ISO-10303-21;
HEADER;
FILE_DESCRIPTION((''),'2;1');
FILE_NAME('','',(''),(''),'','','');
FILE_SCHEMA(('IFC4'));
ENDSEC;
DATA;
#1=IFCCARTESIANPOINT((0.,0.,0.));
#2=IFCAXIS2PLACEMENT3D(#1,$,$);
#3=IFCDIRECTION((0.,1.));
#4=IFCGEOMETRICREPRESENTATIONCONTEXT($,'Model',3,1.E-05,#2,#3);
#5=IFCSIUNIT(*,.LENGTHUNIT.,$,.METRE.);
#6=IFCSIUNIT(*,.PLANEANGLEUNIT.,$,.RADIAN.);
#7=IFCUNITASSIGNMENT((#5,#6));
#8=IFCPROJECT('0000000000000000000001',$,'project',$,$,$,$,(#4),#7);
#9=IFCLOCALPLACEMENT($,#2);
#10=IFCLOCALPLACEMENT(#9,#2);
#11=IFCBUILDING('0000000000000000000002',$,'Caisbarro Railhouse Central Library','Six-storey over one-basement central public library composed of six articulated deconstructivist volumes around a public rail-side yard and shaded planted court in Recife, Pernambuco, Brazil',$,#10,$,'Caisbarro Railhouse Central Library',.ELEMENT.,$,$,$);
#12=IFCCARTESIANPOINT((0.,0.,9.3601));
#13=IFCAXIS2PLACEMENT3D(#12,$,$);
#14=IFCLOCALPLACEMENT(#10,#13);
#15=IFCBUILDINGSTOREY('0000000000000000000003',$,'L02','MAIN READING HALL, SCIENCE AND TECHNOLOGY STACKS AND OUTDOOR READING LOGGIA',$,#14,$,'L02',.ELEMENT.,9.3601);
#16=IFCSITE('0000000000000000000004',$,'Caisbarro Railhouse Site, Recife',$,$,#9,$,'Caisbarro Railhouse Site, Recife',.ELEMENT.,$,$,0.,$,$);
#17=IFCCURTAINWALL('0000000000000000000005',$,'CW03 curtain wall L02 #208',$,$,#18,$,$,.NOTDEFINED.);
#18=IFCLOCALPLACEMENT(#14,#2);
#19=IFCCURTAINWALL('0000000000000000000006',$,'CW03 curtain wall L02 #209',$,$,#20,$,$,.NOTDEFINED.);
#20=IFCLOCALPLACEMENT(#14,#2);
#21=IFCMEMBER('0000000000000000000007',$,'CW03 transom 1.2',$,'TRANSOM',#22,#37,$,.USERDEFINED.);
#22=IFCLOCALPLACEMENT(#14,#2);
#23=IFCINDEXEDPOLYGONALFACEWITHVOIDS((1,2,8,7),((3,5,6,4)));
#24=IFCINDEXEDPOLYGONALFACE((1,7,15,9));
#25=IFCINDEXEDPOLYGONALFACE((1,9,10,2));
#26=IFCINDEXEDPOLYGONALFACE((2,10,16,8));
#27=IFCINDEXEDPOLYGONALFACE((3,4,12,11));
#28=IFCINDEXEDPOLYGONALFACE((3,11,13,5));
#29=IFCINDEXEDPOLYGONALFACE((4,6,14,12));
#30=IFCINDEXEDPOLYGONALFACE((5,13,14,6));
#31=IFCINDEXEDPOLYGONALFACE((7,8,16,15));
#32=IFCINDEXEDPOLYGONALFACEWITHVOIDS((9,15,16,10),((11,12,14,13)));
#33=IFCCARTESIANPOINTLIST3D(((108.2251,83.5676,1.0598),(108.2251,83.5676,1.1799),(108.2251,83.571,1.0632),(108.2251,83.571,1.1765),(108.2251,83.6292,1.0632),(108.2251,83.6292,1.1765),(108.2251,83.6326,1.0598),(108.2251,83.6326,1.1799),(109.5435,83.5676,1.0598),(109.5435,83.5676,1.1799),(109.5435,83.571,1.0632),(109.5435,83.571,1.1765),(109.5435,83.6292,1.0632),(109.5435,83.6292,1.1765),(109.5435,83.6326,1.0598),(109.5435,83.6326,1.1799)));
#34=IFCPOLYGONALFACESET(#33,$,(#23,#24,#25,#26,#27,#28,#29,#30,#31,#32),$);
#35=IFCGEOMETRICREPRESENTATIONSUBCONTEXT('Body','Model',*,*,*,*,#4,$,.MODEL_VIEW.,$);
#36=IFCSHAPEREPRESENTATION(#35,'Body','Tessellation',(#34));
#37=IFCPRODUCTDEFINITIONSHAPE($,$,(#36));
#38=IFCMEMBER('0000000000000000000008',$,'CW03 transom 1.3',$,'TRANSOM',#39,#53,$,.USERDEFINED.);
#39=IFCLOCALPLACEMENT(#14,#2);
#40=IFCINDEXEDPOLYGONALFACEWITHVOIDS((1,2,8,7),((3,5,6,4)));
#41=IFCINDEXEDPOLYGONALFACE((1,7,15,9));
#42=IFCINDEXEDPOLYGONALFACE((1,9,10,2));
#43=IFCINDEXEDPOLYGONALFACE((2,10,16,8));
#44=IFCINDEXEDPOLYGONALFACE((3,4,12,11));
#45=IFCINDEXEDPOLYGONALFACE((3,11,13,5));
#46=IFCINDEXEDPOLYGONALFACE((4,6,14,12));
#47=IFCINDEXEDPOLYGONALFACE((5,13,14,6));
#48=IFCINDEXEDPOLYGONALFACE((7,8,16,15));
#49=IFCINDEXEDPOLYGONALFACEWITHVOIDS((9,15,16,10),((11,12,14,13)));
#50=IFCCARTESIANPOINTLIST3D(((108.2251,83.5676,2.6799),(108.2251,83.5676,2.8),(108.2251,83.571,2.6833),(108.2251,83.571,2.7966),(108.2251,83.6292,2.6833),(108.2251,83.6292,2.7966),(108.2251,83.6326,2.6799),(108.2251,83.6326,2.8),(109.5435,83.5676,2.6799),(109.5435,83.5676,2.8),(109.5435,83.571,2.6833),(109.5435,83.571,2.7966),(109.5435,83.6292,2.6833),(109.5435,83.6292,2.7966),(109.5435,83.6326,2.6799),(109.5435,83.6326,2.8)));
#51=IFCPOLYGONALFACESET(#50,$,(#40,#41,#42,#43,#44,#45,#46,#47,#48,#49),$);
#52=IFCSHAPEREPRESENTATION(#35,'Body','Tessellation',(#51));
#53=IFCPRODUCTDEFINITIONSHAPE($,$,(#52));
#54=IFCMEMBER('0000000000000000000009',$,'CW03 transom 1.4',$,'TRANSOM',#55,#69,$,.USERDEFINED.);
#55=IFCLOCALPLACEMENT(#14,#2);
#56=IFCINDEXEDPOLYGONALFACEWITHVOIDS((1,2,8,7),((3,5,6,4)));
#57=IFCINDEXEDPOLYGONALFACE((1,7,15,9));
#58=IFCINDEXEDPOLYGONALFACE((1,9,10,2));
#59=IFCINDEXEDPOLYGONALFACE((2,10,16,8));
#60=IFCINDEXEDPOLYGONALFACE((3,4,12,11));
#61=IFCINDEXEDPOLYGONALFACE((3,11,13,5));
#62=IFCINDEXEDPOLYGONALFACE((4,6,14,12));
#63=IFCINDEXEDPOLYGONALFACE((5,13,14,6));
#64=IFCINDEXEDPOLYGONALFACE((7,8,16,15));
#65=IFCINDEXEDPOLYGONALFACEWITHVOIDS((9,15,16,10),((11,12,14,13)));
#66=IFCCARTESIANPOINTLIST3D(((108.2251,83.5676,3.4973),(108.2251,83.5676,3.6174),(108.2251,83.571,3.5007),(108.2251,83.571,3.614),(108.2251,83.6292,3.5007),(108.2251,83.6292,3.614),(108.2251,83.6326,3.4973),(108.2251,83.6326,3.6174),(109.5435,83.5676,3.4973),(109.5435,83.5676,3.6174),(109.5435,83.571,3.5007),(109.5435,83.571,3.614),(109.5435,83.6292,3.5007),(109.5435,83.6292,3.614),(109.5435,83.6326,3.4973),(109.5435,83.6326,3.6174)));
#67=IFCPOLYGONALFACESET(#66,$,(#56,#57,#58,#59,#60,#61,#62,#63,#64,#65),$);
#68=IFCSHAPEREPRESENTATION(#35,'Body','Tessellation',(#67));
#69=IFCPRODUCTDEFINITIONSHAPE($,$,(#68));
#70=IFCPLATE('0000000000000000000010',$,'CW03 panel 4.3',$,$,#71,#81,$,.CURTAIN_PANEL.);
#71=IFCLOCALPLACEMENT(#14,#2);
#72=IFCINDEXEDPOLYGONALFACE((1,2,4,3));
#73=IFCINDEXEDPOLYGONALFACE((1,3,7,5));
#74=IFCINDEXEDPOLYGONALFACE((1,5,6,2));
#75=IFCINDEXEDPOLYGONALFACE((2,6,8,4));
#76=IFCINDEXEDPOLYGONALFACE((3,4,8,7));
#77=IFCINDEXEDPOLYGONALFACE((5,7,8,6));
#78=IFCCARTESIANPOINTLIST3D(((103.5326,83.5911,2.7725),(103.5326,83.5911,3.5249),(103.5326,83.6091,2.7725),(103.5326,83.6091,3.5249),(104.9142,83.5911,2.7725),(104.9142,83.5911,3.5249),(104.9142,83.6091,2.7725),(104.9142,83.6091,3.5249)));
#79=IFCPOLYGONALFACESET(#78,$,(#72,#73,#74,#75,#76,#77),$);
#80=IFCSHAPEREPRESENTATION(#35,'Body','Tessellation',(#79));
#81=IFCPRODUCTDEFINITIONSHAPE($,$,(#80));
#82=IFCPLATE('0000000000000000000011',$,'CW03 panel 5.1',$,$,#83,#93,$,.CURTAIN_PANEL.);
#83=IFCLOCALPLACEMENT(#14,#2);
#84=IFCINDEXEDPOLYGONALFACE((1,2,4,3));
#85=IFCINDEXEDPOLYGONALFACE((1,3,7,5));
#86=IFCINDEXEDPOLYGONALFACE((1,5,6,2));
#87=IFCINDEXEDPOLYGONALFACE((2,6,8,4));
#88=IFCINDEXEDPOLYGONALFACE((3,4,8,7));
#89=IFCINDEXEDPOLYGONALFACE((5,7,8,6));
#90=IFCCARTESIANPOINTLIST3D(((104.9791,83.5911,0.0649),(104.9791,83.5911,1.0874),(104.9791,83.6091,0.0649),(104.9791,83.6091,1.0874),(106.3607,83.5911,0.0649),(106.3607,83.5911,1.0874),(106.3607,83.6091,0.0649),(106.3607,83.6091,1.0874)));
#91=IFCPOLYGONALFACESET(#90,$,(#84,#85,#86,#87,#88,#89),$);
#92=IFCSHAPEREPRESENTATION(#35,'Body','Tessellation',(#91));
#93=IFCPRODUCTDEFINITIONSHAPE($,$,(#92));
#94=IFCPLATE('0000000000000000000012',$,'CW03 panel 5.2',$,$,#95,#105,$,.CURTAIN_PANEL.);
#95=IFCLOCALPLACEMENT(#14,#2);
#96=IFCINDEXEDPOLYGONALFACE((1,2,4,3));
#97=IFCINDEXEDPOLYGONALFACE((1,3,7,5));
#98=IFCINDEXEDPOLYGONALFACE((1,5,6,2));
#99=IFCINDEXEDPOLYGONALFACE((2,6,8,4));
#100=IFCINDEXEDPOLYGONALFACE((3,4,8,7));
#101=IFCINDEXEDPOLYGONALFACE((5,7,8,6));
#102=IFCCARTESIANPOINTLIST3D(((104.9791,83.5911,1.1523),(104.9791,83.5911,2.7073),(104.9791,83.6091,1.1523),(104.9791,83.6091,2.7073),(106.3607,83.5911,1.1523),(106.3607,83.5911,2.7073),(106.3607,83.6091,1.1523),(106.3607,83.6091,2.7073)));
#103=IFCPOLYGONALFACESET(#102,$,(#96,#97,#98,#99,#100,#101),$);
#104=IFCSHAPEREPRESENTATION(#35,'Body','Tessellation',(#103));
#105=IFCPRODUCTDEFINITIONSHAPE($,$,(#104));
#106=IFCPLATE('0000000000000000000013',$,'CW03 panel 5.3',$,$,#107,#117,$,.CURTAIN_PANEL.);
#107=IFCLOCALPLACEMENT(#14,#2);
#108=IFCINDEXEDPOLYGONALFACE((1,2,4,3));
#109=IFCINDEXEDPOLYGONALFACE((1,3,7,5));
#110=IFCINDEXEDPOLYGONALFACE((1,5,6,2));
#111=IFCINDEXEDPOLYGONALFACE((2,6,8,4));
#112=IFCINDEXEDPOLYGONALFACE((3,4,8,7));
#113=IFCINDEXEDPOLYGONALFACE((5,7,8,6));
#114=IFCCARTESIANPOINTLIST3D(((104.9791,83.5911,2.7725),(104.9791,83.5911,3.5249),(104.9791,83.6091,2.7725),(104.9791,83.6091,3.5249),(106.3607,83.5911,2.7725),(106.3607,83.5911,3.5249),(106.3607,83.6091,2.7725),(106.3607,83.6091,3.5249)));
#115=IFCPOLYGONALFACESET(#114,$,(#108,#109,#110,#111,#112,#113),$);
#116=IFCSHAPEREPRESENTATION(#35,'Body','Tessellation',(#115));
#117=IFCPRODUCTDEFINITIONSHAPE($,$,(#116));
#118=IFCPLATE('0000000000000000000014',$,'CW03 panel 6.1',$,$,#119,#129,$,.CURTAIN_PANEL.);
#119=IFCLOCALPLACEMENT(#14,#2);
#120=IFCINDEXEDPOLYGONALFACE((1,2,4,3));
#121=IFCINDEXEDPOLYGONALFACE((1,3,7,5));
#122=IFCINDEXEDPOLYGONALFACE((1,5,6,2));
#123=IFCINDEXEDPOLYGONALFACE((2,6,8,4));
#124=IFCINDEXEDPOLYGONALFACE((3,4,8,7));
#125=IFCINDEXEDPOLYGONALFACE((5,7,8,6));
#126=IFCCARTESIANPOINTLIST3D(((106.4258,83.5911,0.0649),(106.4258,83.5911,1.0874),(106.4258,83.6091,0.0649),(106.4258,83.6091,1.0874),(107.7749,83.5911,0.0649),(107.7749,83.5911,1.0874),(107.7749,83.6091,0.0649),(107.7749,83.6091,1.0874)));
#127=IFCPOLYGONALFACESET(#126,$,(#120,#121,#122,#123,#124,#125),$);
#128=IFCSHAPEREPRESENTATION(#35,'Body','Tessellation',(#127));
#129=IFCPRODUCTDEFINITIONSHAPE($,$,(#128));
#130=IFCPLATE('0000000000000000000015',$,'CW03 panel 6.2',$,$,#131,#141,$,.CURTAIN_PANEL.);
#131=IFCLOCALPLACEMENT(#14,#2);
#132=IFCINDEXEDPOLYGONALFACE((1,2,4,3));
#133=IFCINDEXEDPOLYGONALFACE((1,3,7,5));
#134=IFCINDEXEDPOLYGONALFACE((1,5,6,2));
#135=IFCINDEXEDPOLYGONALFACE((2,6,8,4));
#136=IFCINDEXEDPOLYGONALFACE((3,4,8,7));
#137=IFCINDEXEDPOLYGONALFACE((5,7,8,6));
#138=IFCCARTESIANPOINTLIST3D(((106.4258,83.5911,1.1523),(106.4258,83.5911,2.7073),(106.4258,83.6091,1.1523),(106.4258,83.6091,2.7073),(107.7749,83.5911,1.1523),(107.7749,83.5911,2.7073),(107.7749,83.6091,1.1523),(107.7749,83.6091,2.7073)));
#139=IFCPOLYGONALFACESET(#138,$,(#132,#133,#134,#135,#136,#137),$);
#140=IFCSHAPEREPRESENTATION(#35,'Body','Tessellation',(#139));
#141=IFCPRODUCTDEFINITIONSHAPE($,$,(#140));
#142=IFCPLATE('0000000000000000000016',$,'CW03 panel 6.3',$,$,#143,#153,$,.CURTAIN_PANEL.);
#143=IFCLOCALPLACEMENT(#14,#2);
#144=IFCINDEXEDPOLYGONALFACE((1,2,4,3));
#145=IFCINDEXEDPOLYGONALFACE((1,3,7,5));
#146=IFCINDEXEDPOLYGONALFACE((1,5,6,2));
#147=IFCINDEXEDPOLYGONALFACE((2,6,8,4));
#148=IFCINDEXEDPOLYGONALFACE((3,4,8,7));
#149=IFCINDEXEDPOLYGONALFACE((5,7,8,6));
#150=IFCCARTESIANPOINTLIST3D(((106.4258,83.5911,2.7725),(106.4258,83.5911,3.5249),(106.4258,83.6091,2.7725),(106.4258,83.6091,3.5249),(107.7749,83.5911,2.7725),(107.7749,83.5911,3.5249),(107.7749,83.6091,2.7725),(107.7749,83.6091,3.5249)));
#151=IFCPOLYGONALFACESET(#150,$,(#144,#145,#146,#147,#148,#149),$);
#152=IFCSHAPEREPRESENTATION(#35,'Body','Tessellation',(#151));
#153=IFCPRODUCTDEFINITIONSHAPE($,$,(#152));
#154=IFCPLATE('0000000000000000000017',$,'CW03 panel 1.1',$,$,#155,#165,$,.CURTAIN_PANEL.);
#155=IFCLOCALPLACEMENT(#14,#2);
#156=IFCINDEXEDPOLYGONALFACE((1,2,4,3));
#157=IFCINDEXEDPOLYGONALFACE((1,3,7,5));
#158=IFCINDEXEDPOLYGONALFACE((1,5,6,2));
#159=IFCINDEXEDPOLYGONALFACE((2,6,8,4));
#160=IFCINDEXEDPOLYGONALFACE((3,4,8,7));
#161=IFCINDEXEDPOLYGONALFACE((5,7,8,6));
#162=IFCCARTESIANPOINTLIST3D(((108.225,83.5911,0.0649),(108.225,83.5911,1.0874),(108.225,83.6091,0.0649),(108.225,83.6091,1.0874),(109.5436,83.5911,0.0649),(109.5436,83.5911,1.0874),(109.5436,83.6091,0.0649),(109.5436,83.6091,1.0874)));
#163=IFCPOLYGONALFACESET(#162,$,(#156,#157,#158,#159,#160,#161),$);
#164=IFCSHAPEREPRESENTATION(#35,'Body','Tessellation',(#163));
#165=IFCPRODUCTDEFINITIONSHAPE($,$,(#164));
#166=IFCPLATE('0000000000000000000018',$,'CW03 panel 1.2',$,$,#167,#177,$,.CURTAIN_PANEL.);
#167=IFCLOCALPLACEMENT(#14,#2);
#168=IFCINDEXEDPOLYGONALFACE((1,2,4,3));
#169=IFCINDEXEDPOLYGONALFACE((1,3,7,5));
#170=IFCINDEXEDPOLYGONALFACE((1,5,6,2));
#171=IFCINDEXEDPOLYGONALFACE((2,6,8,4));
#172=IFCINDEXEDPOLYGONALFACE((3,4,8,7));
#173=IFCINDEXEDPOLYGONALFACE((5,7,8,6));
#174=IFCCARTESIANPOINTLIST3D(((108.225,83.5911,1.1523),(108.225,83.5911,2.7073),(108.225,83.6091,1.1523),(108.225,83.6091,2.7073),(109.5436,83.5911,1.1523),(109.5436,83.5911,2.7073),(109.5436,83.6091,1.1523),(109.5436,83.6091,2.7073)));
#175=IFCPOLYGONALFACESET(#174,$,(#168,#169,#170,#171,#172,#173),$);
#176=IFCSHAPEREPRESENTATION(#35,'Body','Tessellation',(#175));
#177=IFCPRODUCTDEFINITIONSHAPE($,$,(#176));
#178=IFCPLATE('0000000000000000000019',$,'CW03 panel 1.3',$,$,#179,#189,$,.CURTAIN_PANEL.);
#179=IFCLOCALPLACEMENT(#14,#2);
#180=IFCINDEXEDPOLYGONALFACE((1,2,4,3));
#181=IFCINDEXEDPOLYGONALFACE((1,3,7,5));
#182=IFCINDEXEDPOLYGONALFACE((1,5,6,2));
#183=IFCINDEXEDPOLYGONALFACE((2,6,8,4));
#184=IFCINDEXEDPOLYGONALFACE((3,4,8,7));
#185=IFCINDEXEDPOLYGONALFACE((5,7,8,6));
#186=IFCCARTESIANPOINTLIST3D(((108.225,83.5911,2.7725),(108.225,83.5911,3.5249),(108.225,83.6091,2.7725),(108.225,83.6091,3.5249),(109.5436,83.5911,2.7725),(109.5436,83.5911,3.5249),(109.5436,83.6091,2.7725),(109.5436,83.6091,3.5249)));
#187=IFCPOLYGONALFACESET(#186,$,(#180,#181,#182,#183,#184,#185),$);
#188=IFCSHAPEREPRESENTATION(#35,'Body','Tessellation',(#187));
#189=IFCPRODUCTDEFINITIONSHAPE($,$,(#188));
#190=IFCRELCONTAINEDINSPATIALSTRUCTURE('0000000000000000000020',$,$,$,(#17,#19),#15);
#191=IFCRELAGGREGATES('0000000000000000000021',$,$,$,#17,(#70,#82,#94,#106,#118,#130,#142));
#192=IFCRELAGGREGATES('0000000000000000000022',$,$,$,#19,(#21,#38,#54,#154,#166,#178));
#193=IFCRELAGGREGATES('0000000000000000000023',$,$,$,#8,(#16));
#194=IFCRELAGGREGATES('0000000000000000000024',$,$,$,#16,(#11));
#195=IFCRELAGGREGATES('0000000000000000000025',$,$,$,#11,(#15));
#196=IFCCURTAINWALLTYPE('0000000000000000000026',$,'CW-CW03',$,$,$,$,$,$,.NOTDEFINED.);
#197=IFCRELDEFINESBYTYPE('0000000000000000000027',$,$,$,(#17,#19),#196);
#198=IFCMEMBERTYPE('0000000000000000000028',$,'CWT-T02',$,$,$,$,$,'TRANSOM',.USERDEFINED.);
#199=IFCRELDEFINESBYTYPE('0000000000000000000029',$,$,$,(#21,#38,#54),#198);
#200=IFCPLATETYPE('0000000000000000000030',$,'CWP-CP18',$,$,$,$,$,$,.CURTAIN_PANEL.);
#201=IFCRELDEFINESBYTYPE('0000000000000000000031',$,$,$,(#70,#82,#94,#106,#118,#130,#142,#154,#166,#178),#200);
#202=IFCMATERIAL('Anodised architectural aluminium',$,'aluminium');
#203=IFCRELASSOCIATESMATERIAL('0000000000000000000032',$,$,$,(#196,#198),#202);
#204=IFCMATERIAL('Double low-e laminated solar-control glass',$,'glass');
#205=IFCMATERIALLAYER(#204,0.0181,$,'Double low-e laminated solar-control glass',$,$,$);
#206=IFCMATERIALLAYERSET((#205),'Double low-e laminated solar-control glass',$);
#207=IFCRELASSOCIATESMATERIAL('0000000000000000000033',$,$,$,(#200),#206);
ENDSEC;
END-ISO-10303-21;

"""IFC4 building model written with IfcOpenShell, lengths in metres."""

from ifc_helpers import new_model, si_unit, direction, frame, origin, origin_2d, place, context, subcontext, project, spatial, rectangle, hollow_rectangle, extrude, material, layer, layer_set, material_profile, profile_set, type_object, element, aggregate, save


model = new_model("IFC4")

# Units and contexts
model_context = context("Model", 3, precision=1e-05, world=origin(), true_north=direction((0.0, 1.0)))
body_context = subcontext(model_context, "Body", "Model", "MODEL_VIEW")
ifc_project = project(units=[si_unit("LENGTHUNIT", "METRE"), si_unit("PLANEANGLEUNIT", "RADIAN")], contexts=[model_context])

# Site, building, storey
site_placement = place(None, origin())
site = spatial("IfcSite", under=ifc_project, at=site_placement, Name="Caisbarro Railhouse Site, Recife", LongName="Caisbarro Railhouse Site, Recife", CompositionType="ELEMENT", RefElevation=0.0)
building_placement = place(site_placement, origin())
building = spatial("IfcBuilding", under=site, at=building_placement, Name="Caisbarro Railhouse Central Library", Description="Six-storey over one-basement central public library composed of six articulated deconstructivist volumes around a public rail-side yard and shaded planted court in Recife, Pernambuco, Brazil", LongName="Caisbarro Railhouse Central Library", CompositionType="ELEMENT")
storey_placement = place(building_placement, frame((0.0, 0.0, 9.3601)))
storey = spatial("IfcBuildingStorey", under=building, at=storey_placement, Name="L02", Description="MAIN READING HALL, SCIENCE AND TECHNOLOGY STACKS AND OUTDOOR READING LOGGIA", LongName="L02", CompositionType="ELEMENT", Elevation=9.3601)

# Curtain wall
ifc_material_1 = material(Name="Anodised architectural aluminium", Category="aluminium")
curtain_wall_type = type_object("IfcCurtainWallType", Name="CW-CW03", PredefinedType="NOTDEFINED", material=ifc_material_1)
curtain_wall_1_placement = place(storey_placement, origin())
curtain_wall_1 = element("IfcCurtainWall", 1, at=curtain_wall_1_placement, inside=storey, type_object=curtain_wall_type, Name="CW03 curtain wall L02 #208", PredefinedType="NOTDEFINED")

# Curtain wall
curtain_wall_2_placement = place(storey_placement, origin())
curtain_wall_2 = element("IfcCurtainWall", 2, at=curtain_wall_2_placement, inside=storey, type_object=curtain_wall_type, Name="CW03 curtain wall L02 #209", PredefinedType="NOTDEFINED")

# Members
ifc_material_profile_1 = material_profile(ifc_material_1, hollow_rectangle(XDim=0.0649, YDim=0.1201, WallThickness=0.0034, at=origin_2d()), Name="ALU-TRN-65X120")
ifc_profile_set_1 = profile_set([ifc_material_profile_1], Name="Anodised architectural aluminium")
member_type_1 = type_object("IfcMemberType", Name="CWT-T02", ElementType="TRANSOM", PredefinedType="USERDEFINED", material=ifc_profile_set_1)
member_1_placement = place(storey_placement, frame((108.2251, 83.6001, 1.1199), z_axis=(1.0, 0.0, 0.0), x_axis=(0.0, 1.0, 0.0)))
member_1 = element("IfcMember", 3, at=member_1_placement, type_object=member_type_1, Name="CW03 transom 1.2", ObjectType="TRANSOM", PredefinedType="USERDEFINED", context=body_context, shape_type="SweptSolid", body=[
    extrude(hollow_rectangle(XDim=0.0649, YDim=0.1201, WallThickness=0.0034, at=origin_2d()), origin(), (0.0, 0.0, 1.0), 1.3184),
])
member_2_placement = place(storey_placement, frame((108.2251, 83.6001, 2.74), z_axis=(1.0, 0.0, 0.0), x_axis=(0.0, 1.0, 0.0)))
member_2 = element("IfcMember", 4, at=member_2_placement, type_object=member_type_1, Name="CW03 transom 1.3", ObjectType="TRANSOM", PredefinedType="USERDEFINED", context=body_context, shape_type="SweptSolid", body=[
    extrude(hollow_rectangle(XDim=0.0649, YDim=0.1201, WallThickness=0.0034, at=origin_2d()), origin(), (0.0, 0.0, 1.0), 1.3184),
])
member_3_placement = place(storey_placement, frame((108.2251, 83.6001, 3.5574), z_axis=(1.0, 0.0, 0.0), x_axis=(0.0, 1.0, 0.0)))
member_3 = element("IfcMember", 5, at=member_3_placement, type_object=member_type_1, Name="CW03 transom 1.4", ObjectType="TRANSOM", PredefinedType="USERDEFINED", context=body_context, shape_type="SweptSolid", body=[
    extrude(hollow_rectangle(XDim=0.0649, YDim=0.1201, WallThickness=0.0034, at=origin_2d()), origin(), (0.0, 0.0, 1.0), 1.3184),
])

# Plates
ifc_material_2 = material(Name="Double low-e laminated solar-control glass", Category="glass")
ifc_layer_1 = layer(ifc_material_2, 0.0181, Name="Double low-e laminated solar-control glass")
ifc_layer_set_1 = layer_set([ifc_layer_1], Name="Double low-e laminated solar-control glass")
plate_type_1 = type_object("IfcPlateType", Name="CWP-CP18", PredefinedType="CURTAIN_PANEL", material=ifc_layer_set_1)
plate_1_placement = place(storey_placement, frame((104.2234, 83.6001, 2.7725), z_axis=(0.0, 0.0, 1.0), x_axis=(1.0, 0.0, 0.0)))
plate_1 = element("IfcPlate", 6, at=plate_1_placement, type_object=plate_type_1, Name="CW03 panel 4.3", PredefinedType="CURTAIN_PANEL", context=body_context, shape_type="SweptSolid", body=[
    extrude(rectangle(XDim=1.3816, YDim=0.0181, at=origin_2d()), origin(), (0.0, 0.0, 1.0), 0.7524),
])
plate_2_placement = place(storey_placement, frame((105.6699, 83.6001, 0.0649), z_axis=(0.0, 0.0, 1.0), x_axis=(1.0, 0.0, 0.0)))
plate_2 = element("IfcPlate", 7, at=plate_2_placement, type_object=plate_type_1, Name="CW03 panel 5.1", PredefinedType="CURTAIN_PANEL", context=body_context, shape_type="SweptSolid", body=[
    extrude(rectangle(XDim=1.3816, YDim=0.0181, at=origin_2d()), origin(), (0.0, 0.0, 1.0), 1.0225),
])
plate_3_placement = place(storey_placement, frame((105.6699, 83.6001, 1.1523), z_axis=(0.0, 0.0, 1.0), x_axis=(1.0, 0.0, 0.0)))
plate_3 = element("IfcPlate", 8, at=plate_3_placement, type_object=plate_type_1, Name="CW03 panel 5.2", PredefinedType="CURTAIN_PANEL", context=body_context, shape_type="SweptSolid", body=[
    extrude(rectangle(XDim=1.3816, YDim=0.0181, at=origin_2d()), origin(), (0.0, 0.0, 1.0), 1.5549),
])
plate_4_placement = place(storey_placement, frame((105.6699, 83.6001, 2.7725), z_axis=(0.0, 0.0, 1.0), x_axis=(1.0, 0.0, 0.0)))
plate_4 = element("IfcPlate", 9, at=plate_4_placement, type_object=plate_type_1, Name="CW03 panel 5.3", PredefinedType="CURTAIN_PANEL", context=body_context, shape_type="SweptSolid", body=[
    extrude(rectangle(XDim=1.3816, YDim=0.0181, at=origin_2d()), origin(), (0.0, 0.0, 1.0), 0.7524),
])
plate_5_placement = place(storey_placement, frame((107.1003, 83.6001, 0.0649), z_axis=(0.0, 0.0, 1.0), x_axis=(1.0, 0.0, 0.0)))
plate_5 = element("IfcPlate", 10, at=plate_5_placement, type_object=plate_type_1, Name="CW03 panel 6.1", PredefinedType="CURTAIN_PANEL", context=body_context, shape_type="SweptSolid", body=[
    extrude(rectangle(XDim=1.3491, YDim=0.0181, at=origin_2d()), origin(), (0.0, 0.0, 1.0), 1.0225),
])
plate_6_placement = place(storey_placement, frame((107.1003, 83.6001, 1.1523), z_axis=(0.0, 0.0, 1.0), x_axis=(1.0, 0.0, 0.0)))
plate_6 = element("IfcPlate", 11, at=plate_6_placement, type_object=plate_type_1, Name="CW03 panel 6.2", PredefinedType="CURTAIN_PANEL", context=body_context, shape_type="SweptSolid", body=[
    extrude(rectangle(XDim=1.3491, YDim=0.0181, at=origin_2d()), origin(), (0.0, 0.0, 1.0), 1.5549),
])
plate_7_placement = place(storey_placement, frame((107.1003, 83.6001, 2.7725), z_axis=(0.0, 0.0, 1.0), x_axis=(1.0, 0.0, 0.0)))
plate_7 = element("IfcPlate", 12, at=plate_7_placement, type_object=plate_type_1, Name="CW03 panel 6.3", PredefinedType="CURTAIN_PANEL", context=body_context, shape_type="SweptSolid", body=[
    extrude(rectangle(XDim=1.3491, YDim=0.0181, at=origin_2d()), origin(), (0.0, 0.0, 1.0), 0.7524),
])
aggregate(curtain_wall_1, [plate_1, plate_2, plate_3, plate_4, plate_5, plate_6, plate_7])
plate_8_placement = place(storey_placement, frame((108.8843, 83.6001, 0.0649), z_axis=(0.0, 0.0, 1.0), x_axis=(1.0, 0.0, 0.0)))
plate_8 = element("IfcPlate", 13, at=plate_8_placement, type_object=plate_type_1, Name="CW03 panel 1.1", PredefinedType="CURTAIN_PANEL", context=body_context, shape_type="SweptSolid", body=[
    extrude(rectangle(XDim=1.3186, YDim=0.0181, at=origin_2d()), origin(), (0.0, 0.0, 1.0), 1.0225),
])
plate_9_placement = place(storey_placement, frame((108.8843, 83.6001, 1.1523), z_axis=(0.0, 0.0, 1.0), x_axis=(1.0, 0.0, 0.0)))
plate_9 = element("IfcPlate", 14, at=plate_9_placement, type_object=plate_type_1, Name="CW03 panel 1.2", PredefinedType="CURTAIN_PANEL", context=body_context, shape_type="SweptSolid", body=[
    extrude(rectangle(XDim=1.3186, YDim=0.0181, at=origin_2d()), origin(), (0.0, 0.0, 1.0), 1.5549),
])
plate_10_placement = place(storey_placement, frame((108.8843, 83.6001, 2.7725), z_axis=(0.0, 0.0, 1.0), x_axis=(1.0, 0.0, 0.0)))
plate_10 = element("IfcPlate", 15, at=plate_10_placement, type_object=plate_type_1, Name="CW03 panel 1.3", PredefinedType="CURTAIN_PANEL", context=body_context, shape_type="SweptSolid", body=[
    extrude(rectangle(XDim=1.3186, YDim=0.0181, at=origin_2d()), origin(), (0.0, 0.0, 1.0), 0.7524),
])
aggregate(curtain_wall_2, [member_1, member_2, member_3, plate_8, plate_9, plate_10])

save(model, "model.ifc")
